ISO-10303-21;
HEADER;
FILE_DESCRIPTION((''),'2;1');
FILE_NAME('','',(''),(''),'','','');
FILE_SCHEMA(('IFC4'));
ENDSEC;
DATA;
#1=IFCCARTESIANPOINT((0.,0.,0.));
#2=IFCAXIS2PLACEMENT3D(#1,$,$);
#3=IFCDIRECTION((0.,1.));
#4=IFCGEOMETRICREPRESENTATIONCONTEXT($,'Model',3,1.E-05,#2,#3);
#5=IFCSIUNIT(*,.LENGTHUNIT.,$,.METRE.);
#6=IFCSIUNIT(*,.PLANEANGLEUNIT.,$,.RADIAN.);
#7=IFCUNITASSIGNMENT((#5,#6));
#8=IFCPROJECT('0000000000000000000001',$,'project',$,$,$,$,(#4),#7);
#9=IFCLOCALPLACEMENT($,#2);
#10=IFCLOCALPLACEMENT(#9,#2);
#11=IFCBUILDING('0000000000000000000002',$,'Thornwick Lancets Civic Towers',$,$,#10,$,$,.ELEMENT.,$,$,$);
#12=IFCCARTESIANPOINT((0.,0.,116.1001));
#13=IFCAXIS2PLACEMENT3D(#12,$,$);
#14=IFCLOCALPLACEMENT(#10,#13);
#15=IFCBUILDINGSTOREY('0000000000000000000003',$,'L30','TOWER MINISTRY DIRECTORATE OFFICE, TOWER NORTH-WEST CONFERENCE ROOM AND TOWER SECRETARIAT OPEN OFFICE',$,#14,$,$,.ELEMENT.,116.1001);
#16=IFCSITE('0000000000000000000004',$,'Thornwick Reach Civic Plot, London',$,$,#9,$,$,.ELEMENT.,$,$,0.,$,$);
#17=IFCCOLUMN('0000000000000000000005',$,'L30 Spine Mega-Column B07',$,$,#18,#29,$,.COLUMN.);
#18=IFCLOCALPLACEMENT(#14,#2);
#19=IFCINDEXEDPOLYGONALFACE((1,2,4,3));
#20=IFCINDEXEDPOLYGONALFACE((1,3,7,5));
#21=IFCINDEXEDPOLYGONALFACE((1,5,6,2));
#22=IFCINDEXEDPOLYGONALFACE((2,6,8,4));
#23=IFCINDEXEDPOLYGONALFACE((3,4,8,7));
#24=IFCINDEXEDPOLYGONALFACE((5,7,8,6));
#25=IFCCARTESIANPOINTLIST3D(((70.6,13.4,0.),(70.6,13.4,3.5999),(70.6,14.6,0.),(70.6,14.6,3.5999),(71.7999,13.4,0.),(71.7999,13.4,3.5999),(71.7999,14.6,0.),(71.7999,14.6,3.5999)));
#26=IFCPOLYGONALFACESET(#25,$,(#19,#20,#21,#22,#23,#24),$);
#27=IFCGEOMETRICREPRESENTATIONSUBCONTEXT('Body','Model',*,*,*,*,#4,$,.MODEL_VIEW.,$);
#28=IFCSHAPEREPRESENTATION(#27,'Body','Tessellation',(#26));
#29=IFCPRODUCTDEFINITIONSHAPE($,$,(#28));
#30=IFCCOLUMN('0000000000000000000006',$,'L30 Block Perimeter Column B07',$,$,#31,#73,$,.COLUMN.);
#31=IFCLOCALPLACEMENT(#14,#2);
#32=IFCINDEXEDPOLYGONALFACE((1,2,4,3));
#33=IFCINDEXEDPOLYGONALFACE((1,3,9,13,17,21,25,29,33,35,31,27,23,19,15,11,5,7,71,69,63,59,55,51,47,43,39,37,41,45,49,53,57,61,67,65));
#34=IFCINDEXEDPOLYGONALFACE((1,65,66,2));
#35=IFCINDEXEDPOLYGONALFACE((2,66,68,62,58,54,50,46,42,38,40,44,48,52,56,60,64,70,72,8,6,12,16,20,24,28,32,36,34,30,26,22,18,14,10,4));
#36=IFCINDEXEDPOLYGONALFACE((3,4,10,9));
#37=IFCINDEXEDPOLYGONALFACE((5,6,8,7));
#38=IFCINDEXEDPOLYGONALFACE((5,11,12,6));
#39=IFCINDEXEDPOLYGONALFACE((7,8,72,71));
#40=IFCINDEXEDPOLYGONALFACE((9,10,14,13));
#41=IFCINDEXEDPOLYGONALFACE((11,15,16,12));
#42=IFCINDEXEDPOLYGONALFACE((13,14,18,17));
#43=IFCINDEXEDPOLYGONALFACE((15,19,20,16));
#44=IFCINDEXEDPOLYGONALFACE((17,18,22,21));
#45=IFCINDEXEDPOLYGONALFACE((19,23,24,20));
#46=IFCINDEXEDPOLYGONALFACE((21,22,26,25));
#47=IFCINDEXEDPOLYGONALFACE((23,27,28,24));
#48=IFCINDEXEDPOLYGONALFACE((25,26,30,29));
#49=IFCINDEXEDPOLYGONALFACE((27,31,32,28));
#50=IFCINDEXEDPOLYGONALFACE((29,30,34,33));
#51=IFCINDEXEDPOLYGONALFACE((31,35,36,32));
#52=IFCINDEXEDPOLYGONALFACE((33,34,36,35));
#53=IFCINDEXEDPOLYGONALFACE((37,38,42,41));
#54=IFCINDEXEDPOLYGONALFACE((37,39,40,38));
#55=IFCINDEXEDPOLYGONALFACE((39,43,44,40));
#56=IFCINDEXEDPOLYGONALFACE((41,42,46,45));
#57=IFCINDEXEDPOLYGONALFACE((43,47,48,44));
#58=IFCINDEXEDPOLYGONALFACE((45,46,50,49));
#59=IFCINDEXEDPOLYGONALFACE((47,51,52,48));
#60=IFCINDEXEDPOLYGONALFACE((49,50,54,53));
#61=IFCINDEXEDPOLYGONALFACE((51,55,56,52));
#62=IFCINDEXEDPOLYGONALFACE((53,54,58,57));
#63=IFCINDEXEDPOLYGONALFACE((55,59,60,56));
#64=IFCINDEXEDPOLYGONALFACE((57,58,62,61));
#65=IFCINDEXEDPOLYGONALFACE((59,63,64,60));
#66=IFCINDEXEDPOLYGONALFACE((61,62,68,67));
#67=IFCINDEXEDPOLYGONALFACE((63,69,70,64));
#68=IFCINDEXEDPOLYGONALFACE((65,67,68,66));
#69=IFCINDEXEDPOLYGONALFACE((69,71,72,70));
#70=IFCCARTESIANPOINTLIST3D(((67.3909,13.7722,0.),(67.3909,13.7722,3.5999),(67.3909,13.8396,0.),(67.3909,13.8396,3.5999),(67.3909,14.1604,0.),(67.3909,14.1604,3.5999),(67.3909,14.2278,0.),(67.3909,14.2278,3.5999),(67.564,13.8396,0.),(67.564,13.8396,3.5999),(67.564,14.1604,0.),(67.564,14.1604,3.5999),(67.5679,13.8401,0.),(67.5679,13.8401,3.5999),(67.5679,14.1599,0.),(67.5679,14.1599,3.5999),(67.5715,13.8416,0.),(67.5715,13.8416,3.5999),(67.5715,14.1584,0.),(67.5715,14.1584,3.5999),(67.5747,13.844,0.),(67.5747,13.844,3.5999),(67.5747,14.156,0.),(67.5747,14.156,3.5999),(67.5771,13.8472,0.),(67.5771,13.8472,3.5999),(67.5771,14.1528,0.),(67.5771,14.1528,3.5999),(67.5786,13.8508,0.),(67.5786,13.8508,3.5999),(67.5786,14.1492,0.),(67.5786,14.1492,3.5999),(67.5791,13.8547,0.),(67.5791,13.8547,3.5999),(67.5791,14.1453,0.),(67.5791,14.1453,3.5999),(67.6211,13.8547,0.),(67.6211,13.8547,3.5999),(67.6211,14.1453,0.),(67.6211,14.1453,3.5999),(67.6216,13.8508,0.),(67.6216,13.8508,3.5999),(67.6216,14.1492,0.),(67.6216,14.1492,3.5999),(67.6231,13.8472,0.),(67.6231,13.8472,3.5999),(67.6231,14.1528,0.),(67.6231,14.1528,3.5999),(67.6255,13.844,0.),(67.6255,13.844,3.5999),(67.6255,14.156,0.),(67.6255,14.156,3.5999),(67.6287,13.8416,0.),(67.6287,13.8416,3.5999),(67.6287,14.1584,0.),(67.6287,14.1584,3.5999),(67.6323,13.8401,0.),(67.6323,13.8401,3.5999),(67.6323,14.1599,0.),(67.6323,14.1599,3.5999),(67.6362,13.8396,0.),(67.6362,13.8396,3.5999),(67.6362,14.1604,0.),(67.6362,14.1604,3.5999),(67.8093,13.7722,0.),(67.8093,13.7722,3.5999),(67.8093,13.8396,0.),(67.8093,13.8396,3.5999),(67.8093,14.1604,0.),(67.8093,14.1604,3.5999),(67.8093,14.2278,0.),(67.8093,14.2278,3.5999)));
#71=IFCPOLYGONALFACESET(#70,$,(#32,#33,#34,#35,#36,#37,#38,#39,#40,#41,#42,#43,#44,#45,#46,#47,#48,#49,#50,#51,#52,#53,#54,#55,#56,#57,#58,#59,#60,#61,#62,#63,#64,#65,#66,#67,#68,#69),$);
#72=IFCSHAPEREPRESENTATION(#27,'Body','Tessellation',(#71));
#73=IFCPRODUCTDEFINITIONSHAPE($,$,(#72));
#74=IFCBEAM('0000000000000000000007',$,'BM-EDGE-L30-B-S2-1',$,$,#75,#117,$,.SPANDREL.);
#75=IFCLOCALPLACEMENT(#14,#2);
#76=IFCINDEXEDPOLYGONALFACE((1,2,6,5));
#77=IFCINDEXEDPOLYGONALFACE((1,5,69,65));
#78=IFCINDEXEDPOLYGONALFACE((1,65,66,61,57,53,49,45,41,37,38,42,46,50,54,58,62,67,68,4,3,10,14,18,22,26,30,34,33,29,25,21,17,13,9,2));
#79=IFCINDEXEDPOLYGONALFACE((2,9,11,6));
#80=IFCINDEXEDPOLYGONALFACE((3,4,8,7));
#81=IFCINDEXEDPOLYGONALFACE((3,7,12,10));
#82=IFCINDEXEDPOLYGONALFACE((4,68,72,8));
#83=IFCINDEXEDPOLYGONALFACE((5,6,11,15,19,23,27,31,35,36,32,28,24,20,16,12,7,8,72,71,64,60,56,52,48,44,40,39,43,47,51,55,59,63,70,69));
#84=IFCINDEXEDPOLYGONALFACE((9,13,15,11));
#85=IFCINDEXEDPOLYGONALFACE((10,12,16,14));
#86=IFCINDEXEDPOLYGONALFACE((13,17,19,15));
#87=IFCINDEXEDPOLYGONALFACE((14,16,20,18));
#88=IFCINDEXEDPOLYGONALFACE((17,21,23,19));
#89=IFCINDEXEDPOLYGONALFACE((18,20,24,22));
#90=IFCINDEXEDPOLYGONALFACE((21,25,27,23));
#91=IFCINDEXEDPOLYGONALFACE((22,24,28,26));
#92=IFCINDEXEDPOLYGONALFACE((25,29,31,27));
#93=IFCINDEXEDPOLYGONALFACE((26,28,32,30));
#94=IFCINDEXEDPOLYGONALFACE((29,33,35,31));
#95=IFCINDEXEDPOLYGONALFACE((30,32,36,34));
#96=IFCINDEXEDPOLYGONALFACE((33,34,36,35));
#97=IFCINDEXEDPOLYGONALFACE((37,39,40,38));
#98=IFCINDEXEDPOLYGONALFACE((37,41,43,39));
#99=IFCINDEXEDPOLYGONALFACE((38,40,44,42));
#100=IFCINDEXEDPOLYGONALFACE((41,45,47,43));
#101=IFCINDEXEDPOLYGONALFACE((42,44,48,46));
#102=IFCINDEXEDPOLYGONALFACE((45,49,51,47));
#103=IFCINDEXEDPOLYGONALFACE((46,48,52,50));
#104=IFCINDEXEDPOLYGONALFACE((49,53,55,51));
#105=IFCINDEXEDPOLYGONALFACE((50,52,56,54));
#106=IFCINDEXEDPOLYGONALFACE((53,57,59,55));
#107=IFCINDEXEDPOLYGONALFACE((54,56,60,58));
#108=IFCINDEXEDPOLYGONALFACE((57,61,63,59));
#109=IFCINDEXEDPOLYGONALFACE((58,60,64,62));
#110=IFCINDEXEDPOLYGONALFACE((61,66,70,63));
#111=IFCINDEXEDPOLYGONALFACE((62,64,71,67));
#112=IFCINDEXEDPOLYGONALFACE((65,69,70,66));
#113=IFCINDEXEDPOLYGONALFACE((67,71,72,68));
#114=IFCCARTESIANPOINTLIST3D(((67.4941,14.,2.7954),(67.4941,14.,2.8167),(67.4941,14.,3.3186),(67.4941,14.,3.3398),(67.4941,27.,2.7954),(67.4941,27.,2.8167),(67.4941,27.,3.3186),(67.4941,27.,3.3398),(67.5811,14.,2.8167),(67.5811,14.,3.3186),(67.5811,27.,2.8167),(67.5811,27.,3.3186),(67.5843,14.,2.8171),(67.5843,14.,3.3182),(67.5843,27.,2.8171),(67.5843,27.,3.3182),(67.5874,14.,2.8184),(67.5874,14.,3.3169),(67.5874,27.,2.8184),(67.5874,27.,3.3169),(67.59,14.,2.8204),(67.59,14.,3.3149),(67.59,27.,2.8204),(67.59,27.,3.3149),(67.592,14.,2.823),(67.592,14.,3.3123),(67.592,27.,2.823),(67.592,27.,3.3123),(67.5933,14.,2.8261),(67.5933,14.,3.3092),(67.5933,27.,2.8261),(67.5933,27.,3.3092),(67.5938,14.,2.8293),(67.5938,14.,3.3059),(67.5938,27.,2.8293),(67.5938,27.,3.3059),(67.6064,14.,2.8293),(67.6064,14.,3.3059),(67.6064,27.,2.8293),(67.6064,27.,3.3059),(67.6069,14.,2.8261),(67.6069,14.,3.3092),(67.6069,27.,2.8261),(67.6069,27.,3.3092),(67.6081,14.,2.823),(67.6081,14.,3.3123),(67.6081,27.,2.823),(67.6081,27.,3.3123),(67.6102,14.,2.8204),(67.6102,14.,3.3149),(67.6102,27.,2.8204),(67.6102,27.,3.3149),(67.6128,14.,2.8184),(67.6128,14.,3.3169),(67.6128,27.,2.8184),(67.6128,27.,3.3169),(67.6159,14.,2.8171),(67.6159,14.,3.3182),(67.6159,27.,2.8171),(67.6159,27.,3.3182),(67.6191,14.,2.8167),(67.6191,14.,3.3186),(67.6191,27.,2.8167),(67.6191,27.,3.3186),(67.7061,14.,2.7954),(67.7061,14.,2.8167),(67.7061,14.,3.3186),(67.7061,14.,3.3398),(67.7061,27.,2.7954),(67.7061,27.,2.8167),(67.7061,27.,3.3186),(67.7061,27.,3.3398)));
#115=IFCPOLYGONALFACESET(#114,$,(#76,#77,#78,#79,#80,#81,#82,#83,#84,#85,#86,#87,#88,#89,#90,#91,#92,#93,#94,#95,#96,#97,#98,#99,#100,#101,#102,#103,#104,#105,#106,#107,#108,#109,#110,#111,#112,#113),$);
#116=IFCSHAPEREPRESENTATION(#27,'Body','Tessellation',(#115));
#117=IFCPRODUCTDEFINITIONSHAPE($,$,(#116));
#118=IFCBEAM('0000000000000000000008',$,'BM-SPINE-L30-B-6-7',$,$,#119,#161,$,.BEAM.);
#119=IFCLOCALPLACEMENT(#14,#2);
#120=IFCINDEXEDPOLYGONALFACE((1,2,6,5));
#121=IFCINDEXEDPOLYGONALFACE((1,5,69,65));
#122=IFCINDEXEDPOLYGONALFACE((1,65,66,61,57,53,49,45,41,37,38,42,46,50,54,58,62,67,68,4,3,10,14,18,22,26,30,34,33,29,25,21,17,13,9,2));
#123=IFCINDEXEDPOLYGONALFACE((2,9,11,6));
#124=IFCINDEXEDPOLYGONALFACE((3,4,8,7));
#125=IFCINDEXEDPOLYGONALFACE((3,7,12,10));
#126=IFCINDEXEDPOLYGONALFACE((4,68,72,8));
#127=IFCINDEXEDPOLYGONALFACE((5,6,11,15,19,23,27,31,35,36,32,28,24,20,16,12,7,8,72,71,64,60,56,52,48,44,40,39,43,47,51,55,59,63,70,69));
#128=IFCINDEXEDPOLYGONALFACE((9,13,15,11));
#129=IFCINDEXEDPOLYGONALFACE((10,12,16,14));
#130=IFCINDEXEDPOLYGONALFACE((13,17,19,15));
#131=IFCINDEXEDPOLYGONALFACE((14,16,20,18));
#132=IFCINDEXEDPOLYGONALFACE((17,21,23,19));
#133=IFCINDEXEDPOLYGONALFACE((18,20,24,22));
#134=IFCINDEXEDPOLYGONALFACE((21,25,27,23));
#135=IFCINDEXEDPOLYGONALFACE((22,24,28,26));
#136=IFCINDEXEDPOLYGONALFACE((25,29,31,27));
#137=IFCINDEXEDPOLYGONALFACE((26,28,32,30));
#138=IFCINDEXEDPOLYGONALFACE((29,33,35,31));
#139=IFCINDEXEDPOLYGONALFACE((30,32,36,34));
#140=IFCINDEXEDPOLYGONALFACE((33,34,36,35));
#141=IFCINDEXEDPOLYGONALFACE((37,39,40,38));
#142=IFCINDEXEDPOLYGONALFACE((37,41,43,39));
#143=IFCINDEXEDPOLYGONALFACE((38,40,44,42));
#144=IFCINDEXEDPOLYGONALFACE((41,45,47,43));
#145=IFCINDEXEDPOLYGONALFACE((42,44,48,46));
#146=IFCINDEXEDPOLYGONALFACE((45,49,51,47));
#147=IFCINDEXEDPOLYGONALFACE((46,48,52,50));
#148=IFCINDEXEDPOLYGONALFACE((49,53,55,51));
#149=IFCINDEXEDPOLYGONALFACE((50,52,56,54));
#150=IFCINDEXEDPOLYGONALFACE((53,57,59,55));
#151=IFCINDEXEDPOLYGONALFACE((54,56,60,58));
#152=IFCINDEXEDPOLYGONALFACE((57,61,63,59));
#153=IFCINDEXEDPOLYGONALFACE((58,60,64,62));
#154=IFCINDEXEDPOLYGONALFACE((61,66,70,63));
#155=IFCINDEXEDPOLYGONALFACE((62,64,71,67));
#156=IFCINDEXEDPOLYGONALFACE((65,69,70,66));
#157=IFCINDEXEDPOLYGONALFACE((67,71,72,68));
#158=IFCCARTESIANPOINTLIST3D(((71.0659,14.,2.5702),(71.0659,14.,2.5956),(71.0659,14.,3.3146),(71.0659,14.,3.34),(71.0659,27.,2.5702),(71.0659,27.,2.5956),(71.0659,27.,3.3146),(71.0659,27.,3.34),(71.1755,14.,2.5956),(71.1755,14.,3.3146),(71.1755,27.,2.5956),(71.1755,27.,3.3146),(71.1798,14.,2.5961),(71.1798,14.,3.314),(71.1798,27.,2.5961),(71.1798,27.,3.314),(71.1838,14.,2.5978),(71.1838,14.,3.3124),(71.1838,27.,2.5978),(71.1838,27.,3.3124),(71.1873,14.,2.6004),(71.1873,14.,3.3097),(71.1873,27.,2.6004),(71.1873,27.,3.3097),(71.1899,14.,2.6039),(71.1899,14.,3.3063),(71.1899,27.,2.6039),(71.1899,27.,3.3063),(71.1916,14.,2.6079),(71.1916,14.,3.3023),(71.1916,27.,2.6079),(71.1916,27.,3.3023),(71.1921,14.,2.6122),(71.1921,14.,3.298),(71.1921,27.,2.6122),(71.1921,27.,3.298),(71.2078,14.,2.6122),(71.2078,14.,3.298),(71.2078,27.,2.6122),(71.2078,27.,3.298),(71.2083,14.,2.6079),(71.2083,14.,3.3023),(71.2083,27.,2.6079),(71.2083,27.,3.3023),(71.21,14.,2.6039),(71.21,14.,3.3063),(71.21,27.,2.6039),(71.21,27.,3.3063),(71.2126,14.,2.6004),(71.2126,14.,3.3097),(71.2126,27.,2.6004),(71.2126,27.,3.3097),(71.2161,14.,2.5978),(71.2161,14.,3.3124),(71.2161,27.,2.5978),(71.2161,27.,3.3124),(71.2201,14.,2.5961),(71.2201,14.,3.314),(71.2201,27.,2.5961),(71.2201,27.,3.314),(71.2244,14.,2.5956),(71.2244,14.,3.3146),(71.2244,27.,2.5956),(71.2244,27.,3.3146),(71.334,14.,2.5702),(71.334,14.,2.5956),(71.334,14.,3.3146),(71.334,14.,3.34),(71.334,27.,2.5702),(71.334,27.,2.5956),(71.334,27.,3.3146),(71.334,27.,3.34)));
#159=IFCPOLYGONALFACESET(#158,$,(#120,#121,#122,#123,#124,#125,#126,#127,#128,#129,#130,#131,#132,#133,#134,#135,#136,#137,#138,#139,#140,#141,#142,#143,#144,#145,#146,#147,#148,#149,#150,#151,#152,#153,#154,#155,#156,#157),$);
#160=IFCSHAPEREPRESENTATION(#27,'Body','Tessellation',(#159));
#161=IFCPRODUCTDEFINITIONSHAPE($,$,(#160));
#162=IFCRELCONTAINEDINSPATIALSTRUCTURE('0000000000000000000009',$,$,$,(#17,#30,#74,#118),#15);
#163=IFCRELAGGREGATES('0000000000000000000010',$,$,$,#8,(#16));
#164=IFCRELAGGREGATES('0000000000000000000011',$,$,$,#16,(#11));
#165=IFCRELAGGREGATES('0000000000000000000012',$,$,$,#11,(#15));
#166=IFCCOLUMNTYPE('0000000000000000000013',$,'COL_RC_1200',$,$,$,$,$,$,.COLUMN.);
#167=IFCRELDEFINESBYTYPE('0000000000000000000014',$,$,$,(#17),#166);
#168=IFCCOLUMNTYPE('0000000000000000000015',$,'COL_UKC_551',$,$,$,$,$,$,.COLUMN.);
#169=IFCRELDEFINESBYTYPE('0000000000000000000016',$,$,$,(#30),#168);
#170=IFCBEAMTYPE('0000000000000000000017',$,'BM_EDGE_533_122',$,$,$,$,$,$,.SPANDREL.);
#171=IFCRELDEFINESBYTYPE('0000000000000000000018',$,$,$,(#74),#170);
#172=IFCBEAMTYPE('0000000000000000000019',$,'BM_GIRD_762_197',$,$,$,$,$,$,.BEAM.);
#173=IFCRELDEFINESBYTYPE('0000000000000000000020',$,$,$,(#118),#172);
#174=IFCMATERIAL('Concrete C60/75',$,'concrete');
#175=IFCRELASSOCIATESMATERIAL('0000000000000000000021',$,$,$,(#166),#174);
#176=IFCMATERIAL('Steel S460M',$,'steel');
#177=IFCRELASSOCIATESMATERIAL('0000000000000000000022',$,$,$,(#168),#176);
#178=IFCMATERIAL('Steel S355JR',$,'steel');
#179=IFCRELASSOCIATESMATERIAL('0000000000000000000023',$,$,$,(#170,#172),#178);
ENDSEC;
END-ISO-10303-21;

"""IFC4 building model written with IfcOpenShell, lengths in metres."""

from ifc_helpers import new_model, si_unit, direction, frame, origin, origin_2d, place, context, subcontext, project, spatial, rectangle, i_section, extrude, material, material_profile, profile_set, type_object, element, save


model = new_model("IFC4")

# Units and contexts
model_context = context("Model", 3, precision=1e-05, world=origin(), true_north=direction((0.0, 1.0)))
body_context = subcontext(model_context, "Body", "Model", "MODEL_VIEW")
ifc_project = project(units=[si_unit("LENGTHUNIT", "METRE"), si_unit("PLANEANGLEUNIT", "RADIAN")], contexts=[model_context])

# Site, building, storey
site_placement = place(None, origin())
site = spatial("IfcSite", under=ifc_project, at=site_placement, Name="Thornwick Reach Civic Plot, London", CompositionType="ELEMENT", RefElevation=0.0)
building_placement = place(site_placement, origin())
building = spatial("IfcBuilding", under=site, at=building_placement, Name="Thornwick Lancets Civic Towers", CompositionType="ELEMENT")
storey_placement = place(building_placement, frame((0.0, 0.0, 116.1001)))
storey = spatial("IfcBuildingStorey", under=building, at=storey_placement, Name="L30", Description="TOWER MINISTRY DIRECTORATE OFFICE, TOWER NORTH-WEST CONFERENCE ROOM AND TOWER SECRETARIAT OPEN OFFICE", CompositionType="ELEMENT", Elevation=116.1001)

# Columns
ifc_material_1 = material(Name="Concrete C60/75", Category="concrete")
ifc_material_profile_1 = material_profile(ifc_material_1, rectangle(XDim=1.2, YDim=1.2, at=origin_2d()), Name="RC 1200x1200")
ifc_profile_set_1 = profile_set([ifc_material_profile_1], Name="Concrete C60/75")
column_type_1 = type_object("IfcColumnType", Name="COL_RC_1200", PredefinedType="COLUMN", material=ifc_profile_set_1)
column_1_placement = place(storey_placement, frame((71.2, 14.0, 0.0), z_axis=(0.0, 0.0, 1.0), x_axis=(1.0, 0.0, 0.0)))
element("IfcColumn", 1, at=column_1_placement, inside=storey, type_object=column_type_1, Name="L30 Spine Mega-Column B07", PredefinedType="COLUMN", context=body_context, shape_type="SweptSolid", body=[
    extrude(rectangle(XDim=1.2, YDim=1.2, at=origin_2d()), origin(), (0.0, 0.0, 1.0), 3.5999),
])
ifc_material_2 = material(Name="Steel S460M", Category="steel")
ifc_material_profile_2 = material_profile(ifc_material_2, i_section(OverallWidth=0.4185, OverallDepth=0.4556, WebThickness=0.042, FlangeThickness=0.0674, FilletRadius=0.0151, at=origin_2d()), Name="UKC 356x406x551")
ifc_profile_set_2 = profile_set([ifc_material_profile_2], Name="Steel S460M")
column_type_2 = type_object("IfcColumnType", Name="COL_UKC_551", PredefinedType="COLUMN", material=ifc_profile_set_2)
column_2_placement = place(storey_placement, frame((67.6001, 14.0, 0.0), z_axis=(0.0, 0.0, 1.0), x_axis=(1.0, 0.0, 0.0)))
element("IfcColumn", 2, at=column_2_placement, inside=storey, type_object=column_type_2, Name="L30 Block Perimeter Column B07", PredefinedType="COLUMN", context=body_context, shape_type="SweptSolid", body=[
    extrude(i_section(OverallWidth=0.4185, OverallDepth=0.4556, WebThickness=0.042, FlangeThickness=0.0674, FilletRadius=0.0151, at=origin_2d()), origin(), (0.0, 0.0, 1.0), 3.5999),
])

# Beams
ifc_material_3 = material(Name="Steel S355JR", Category="steel")
ifc_material_profile_3 = material_profile(ifc_material_3, i_section(OverallWidth=0.2119, OverallDepth=0.5444, WebThickness=0.0127, FlangeThickness=0.0212, FilletRadius=0.0127, at=origin_2d()), Name="UKB 533x210x122")
ifc_profile_set_3 = profile_set([ifc_material_profile_3], Name="Steel S355JR")
beam_type_1 = type_object("IfcBeamType", Name="BM_EDGE_533_122", PredefinedType="SPANDREL", material=ifc_profile_set_3)
beam_1_placement = place(storey_placement, frame((67.6001, 14.0, 3.0676), z_axis=(0.0, 1.0, 0.0), x_axis=(-1.0, 0.0, 0.0)))
element("IfcBeam", 3, at=beam_1_placement, inside=storey, type_object=beam_type_1, Name="BM-EDGE-L30-B-S2-1", PredefinedType="SPANDREL", context=body_context, shape_type="SweptSolid", body=[
    extrude(i_section(OverallWidth=0.2119, OverallDepth=0.5444, WebThickness=0.0127, FlangeThickness=0.0212, FilletRadius=0.0127, at=origin_2d()), origin(), (0.0, 0.0, 1.0), 13.0),
])
ifc_material_profile_4 = material_profile(ifc_material_3, i_section(OverallWidth=0.2681, OverallDepth=0.7698, WebThickness=0.0156, FlangeThickness=0.0254, FilletRadius=0.0166, at=origin_2d()), Name="UKB 762x267x197")
ifc_profile_set_4 = profile_set([ifc_material_profile_4], Name="Steel S355JR")
beam_type_2 = type_object("IfcBeamType", Name="BM_GIRD_762_197", PredefinedType="BEAM", material=ifc_profile_set_4)
beam_2_placement = place(storey_placement, frame((71.2, 14.0, 2.9551), z_axis=(0.0, 1.0, 0.0), x_axis=(-1.0, 0.0, 0.0)))
element("IfcBeam", 4, at=beam_2_placement, inside=storey, type_object=beam_type_2, Name="BM-SPINE-L30-B-6-7", PredefinedType="BEAM", context=body_context, shape_type="SweptSolid", body=[
    extrude(i_section(OverallWidth=0.2681, OverallDepth=0.7698, WebThickness=0.0156, FlangeThickness=0.0254, FilletRadius=0.0166, at=origin_2d()), origin(), (0.0, 0.0, 1.0), 13.0),
])

save(model, "model.ifc")
